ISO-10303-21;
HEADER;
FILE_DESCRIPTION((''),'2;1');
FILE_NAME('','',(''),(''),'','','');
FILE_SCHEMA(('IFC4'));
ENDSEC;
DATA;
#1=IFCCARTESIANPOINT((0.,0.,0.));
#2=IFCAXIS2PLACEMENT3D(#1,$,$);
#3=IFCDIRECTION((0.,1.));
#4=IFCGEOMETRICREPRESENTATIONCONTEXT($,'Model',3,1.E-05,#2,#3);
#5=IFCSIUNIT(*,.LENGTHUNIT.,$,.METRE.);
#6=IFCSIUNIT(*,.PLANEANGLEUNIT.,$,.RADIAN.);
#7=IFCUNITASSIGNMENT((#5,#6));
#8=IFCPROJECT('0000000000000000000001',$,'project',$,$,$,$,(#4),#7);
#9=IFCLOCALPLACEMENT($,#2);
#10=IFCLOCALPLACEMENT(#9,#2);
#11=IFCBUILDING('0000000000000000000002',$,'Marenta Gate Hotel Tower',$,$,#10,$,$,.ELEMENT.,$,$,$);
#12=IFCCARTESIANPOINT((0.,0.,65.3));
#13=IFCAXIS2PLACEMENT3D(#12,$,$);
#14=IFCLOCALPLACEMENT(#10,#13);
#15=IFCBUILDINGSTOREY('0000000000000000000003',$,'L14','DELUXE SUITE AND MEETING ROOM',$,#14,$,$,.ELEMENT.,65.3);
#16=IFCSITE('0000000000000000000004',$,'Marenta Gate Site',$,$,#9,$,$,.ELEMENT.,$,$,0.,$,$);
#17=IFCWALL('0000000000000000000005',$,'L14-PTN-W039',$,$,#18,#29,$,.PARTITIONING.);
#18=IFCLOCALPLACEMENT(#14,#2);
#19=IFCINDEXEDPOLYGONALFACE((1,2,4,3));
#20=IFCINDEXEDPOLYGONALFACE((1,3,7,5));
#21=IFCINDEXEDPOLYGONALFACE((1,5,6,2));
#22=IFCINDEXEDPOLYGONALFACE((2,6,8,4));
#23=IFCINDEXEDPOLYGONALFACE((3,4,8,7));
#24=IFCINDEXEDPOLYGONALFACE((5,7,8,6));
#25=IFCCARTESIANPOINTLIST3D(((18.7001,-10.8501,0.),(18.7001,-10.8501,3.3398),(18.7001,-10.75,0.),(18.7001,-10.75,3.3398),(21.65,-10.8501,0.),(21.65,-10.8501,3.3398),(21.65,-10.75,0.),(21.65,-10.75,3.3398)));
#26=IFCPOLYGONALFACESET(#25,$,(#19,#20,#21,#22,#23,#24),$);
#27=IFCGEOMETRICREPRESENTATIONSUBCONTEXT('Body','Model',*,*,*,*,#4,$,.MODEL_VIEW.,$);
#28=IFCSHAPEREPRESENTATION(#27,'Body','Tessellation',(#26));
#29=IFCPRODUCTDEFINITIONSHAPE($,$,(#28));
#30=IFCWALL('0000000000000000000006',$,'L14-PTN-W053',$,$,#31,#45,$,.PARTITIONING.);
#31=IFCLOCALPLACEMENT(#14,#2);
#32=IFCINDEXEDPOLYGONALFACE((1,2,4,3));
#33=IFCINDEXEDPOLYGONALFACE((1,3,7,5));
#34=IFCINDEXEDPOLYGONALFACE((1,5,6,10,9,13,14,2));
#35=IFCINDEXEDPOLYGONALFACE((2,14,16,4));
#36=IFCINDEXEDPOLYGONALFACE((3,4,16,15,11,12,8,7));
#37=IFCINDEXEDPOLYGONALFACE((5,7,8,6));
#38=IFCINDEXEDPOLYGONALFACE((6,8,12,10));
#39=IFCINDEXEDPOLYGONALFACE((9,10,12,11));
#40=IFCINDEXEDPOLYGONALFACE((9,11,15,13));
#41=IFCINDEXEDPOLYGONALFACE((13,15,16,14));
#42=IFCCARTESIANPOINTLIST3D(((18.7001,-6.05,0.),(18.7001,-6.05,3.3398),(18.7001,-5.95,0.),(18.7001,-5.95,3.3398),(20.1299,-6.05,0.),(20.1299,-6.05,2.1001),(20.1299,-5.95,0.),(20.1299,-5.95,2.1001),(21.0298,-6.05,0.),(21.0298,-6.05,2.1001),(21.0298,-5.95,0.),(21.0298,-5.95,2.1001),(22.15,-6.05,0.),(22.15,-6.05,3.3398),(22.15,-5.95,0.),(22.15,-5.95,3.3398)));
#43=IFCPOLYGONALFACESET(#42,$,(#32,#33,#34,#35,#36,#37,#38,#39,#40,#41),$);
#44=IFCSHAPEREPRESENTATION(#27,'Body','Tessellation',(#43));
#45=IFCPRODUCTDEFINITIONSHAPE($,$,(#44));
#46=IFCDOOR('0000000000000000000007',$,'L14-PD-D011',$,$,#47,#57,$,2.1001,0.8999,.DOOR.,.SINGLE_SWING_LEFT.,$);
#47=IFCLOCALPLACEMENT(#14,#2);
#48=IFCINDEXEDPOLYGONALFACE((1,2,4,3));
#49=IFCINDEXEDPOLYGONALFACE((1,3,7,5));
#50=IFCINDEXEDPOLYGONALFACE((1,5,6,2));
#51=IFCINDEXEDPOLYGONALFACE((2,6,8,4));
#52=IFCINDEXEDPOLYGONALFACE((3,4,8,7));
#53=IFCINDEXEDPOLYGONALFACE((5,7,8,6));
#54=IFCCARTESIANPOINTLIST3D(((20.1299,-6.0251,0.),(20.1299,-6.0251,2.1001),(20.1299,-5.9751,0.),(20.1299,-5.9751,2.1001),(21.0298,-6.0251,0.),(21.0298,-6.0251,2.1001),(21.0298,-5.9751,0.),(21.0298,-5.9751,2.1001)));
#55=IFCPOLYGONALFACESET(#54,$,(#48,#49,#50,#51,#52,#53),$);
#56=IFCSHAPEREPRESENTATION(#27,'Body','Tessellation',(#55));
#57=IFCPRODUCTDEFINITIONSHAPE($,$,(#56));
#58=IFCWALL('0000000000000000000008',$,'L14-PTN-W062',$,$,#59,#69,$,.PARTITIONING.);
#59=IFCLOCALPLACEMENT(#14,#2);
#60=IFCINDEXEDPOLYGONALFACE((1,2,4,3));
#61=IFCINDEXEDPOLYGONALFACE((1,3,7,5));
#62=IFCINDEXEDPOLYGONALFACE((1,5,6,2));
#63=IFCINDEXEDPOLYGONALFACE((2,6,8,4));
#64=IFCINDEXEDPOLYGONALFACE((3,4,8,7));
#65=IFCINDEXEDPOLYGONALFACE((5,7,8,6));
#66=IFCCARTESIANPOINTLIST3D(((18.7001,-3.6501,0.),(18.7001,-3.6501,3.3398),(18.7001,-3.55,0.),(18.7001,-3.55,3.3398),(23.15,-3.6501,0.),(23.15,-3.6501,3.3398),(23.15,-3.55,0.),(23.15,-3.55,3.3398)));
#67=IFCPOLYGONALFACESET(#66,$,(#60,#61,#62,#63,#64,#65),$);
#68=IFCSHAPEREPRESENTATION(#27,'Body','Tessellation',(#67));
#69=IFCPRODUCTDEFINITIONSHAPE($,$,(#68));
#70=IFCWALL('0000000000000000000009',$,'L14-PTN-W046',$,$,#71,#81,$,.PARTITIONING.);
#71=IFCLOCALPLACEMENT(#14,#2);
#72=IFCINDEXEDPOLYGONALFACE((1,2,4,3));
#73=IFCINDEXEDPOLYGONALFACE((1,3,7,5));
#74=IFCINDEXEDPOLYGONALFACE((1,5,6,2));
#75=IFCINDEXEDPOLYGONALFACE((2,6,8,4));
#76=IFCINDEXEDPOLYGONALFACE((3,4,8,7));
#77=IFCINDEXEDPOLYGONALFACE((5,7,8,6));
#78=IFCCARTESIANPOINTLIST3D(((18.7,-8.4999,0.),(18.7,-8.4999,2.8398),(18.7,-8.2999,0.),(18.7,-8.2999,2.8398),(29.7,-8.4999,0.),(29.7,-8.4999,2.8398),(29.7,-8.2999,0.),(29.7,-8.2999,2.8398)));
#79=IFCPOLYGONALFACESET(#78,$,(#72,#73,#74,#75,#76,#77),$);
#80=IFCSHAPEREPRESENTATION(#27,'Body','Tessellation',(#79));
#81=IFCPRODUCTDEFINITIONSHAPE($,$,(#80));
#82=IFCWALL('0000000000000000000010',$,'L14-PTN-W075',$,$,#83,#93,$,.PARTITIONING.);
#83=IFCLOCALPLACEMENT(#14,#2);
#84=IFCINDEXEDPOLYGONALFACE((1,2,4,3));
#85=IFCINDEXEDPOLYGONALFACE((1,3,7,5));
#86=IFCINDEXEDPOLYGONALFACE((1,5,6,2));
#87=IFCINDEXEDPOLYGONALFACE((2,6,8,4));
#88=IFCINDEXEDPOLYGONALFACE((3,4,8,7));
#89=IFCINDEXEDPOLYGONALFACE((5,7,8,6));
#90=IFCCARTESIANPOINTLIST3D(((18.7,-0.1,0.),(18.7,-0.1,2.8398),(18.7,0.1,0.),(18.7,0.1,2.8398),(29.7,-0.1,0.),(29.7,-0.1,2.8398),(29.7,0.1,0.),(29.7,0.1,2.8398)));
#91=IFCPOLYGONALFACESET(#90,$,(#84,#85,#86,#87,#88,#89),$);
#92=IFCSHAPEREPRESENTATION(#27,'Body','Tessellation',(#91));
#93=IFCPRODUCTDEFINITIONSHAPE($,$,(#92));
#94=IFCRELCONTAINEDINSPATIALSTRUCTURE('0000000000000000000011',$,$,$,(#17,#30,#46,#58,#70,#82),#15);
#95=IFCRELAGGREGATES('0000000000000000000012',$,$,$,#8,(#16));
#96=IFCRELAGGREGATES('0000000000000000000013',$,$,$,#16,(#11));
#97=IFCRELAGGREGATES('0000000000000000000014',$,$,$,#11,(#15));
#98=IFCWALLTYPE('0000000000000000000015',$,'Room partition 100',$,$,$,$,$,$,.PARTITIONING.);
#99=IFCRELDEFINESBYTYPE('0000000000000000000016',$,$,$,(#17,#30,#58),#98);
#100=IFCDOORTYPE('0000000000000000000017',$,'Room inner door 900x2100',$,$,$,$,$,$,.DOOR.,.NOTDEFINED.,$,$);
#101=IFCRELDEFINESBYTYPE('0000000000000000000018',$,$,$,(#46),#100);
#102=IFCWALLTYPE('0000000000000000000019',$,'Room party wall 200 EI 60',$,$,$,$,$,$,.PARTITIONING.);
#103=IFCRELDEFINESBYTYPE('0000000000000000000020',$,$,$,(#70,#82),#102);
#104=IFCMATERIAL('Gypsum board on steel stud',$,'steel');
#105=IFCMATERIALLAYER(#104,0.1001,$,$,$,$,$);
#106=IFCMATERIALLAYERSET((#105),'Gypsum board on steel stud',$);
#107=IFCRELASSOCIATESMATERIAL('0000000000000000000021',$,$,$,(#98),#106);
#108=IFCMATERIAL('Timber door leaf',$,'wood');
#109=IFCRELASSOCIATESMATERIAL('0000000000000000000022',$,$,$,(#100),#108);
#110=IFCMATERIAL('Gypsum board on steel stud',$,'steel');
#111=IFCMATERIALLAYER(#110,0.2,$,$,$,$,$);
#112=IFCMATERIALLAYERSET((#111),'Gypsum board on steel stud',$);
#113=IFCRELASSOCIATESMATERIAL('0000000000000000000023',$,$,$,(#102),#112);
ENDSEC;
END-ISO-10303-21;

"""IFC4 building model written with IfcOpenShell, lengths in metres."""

from ifc_helpers import new_model, si_unit, direction, frame, frame_2d, origin, place, context, subcontext, project, spatial, rectangle, extrude, material, layer, layer_set, type_object, element, fill, save


model = new_model("IFC4")

# Units and contexts
model_context = context("Model", 3, precision=1e-05, world=origin(), true_north=direction((0.0, 1.0)))
body_context = subcontext(model_context, "Body", "Model", "MODEL_VIEW")
ifc_project = project(units=[si_unit("LENGTHUNIT", "METRE"), si_unit("PLANEANGLEUNIT", "RADIAN")], contexts=[model_context])

# Site, building, storey
site_placement = place(None, origin())
site = spatial("IfcSite", under=ifc_project, at=site_placement, Name="Marenta Gate Site", CompositionType="ELEMENT", RefElevation=0.0)
building_placement = place(site_placement, origin())
building = spatial("IfcBuilding", under=site, at=building_placement, Name="Marenta Gate Hotel Tower", CompositionType="ELEMENT")
storey_placement = place(building_placement, frame((0.0, 0.0, 65.3)))
storey = spatial("IfcBuildingStorey", under=building, at=storey_placement, Name="L14", Description="DELUXE SUITE AND MEETING ROOM", CompositionType="ELEMENT", Elevation=65.3)

# Wall
ifc_material_1 = material(Name="Gypsum board on steel stud", Category="steel")
ifc_layer_1 = layer(ifc_material_1, 0.1001)
ifc_layer_set_1 = layer_set([ifc_layer_1], Name="Gypsum board on steel stud")
wall_type_1 = type_object("IfcWallType", Name="Room partition 100", PredefinedType="PARTITIONING", material=ifc_layer_set_1)
wall_1_placement = place(storey_placement, frame((18.7, -10.8, 0.0), z_axis=(0.0, 0.0, 1.0), x_axis=(1.0, 0.0, 0.0)))
element("IfcWall", 1, at=wall_1_placement, inside=storey, type_object=wall_type_1, Name="L14-PTN-W039", PredefinedType="PARTITIONING", context=body_context, shape_type="SweptSolid", body=[
    extrude(rectangle(XDim=2.95, YDim=0.1001, at=frame_2d((1.4751, 0.0))), origin(), (0.0, 0.0, 1.0), 3.3398),
])

# Wall, opening, door
wall_2_placement = place(storey_placement, frame((18.7, -6.0, 0.0), z_axis=(0.0, 0.0, 1.0), x_axis=(1.0, 0.0, 0.0)))
wall_2 = element("IfcWall", 2, at=wall_2_placement, inside=storey, type_object=wall_type_1, Name="L14-PTN-W053", PredefinedType="PARTITIONING", context=body_context, shape_type="SweptSolid", body=[
    extrude(rectangle(XDim=3.45, YDim=0.1001, at=frame_2d((1.7251, 0.0))), origin(), (0.0, 0.0, 1.0), 3.3398),
])
opening_1_placement = place(wall_2_placement, frame((1.4299, 0.0, 0.0)))
opening_1 = element("IfcOpeningElement", 3, at=opening_1_placement, cuts=wall_2, PredefinedType="OPENING", context=body_context, shape_type="SweptSolid", body=[
    extrude(rectangle(XDim=0.8999, YDim=2.1001, at=frame_2d((0.45, 1.05))), frame((0.0, 0.05, 0.0), z_axis=(0.0, -1.0, 0.0), x_axis=(1.0, 0.0, 0.0)), (0.0, 0.0, 1.0), 0.1001),
])
ifc_material_2 = material(Name="Timber door leaf", Category="wood")
door_type_1 = type_object("IfcDoorType", Name="Room inner door 900x2100", OperationType="NOTDEFINED", PredefinedType="DOOR", material=ifc_material_2)
door_1_placement = place(opening_1_placement, origin())
door_1 = element("IfcDoor", 4, at=door_1_placement, inside=storey, type_object=door_type_1, Name="L14-PD-D011", OperationType="SINGLE_SWING_LEFT", OverallHeight=2.1001, OverallWidth=0.8999, PredefinedType="DOOR", context=body_context, shape_type="SweptSolid", body=[
    extrude(rectangle(XDim=0.8999, YDim=2.1001, at=frame_2d((0.45, 1.05))), frame((0.0, 0.0249, 0.0), z_axis=(0.0, -1.0, 0.0), x_axis=(1.0, 0.0, 0.0)), (0.0, 0.0, 1.0), 0.05),
])
fill(opening_1, door_1)

# Walls
wall_3_placement = place(storey_placement, frame((18.7, -3.6001, 0.0), z_axis=(0.0, 0.0, 1.0), x_axis=(1.0, 0.0, 0.0)))
element("IfcWall", 5, at=wall_3_placement, inside=storey, type_object=wall_type_1, Name="L14-PTN-W062", PredefinedType="PARTITIONING", context=body_context, shape_type="SweptSolid", body=[
    extrude(rectangle(XDim=4.45, YDim=0.1001, at=frame_2d((2.2251, 0.0))), origin(), (0.0, 0.0, 1.0), 3.3398),
])
ifc_material_3 = material(Name="Gypsum board on steel stud", Category="steel")
ifc_layer_2 = layer(ifc_material_3, 0.2)
ifc_layer_set_2 = layer_set([ifc_layer_2], Name="Gypsum board on steel stud")
wall_type_2 = type_object("IfcWallType", Name="Room party wall 200 EI 60", PredefinedType="PARTITIONING", material=ifc_layer_set_2)
for number, where, z_axis, x_axis, name in (
    (6, (18.7, -8.3999, 0.0), (0.0, 0.0, 1.0), (1.0, 0.0, 0.0), "L14-PTN-W046"),
    (7, (18.7, 0.0, 0.0), (0.0, 0.0, 1.0), (1.0, 0.0, 0.0), "L14-PTN-W075"),
):
    element("IfcWall", number, at=place(storey_placement, frame(where, z_axis=z_axis, x_axis=x_axis)), inside=storey, type_object=wall_type_2, Name=name, PredefinedType="PARTITIONING", context=body_context, shape_type="SweptSolid", body=[
        extrude(rectangle(XDim=11.0, YDim=0.2, at=frame_2d((5.5, 0.0))), origin(), (0.0, 0.0, 1.0), 2.8398),
    ])

save(model, "model.ifc")
